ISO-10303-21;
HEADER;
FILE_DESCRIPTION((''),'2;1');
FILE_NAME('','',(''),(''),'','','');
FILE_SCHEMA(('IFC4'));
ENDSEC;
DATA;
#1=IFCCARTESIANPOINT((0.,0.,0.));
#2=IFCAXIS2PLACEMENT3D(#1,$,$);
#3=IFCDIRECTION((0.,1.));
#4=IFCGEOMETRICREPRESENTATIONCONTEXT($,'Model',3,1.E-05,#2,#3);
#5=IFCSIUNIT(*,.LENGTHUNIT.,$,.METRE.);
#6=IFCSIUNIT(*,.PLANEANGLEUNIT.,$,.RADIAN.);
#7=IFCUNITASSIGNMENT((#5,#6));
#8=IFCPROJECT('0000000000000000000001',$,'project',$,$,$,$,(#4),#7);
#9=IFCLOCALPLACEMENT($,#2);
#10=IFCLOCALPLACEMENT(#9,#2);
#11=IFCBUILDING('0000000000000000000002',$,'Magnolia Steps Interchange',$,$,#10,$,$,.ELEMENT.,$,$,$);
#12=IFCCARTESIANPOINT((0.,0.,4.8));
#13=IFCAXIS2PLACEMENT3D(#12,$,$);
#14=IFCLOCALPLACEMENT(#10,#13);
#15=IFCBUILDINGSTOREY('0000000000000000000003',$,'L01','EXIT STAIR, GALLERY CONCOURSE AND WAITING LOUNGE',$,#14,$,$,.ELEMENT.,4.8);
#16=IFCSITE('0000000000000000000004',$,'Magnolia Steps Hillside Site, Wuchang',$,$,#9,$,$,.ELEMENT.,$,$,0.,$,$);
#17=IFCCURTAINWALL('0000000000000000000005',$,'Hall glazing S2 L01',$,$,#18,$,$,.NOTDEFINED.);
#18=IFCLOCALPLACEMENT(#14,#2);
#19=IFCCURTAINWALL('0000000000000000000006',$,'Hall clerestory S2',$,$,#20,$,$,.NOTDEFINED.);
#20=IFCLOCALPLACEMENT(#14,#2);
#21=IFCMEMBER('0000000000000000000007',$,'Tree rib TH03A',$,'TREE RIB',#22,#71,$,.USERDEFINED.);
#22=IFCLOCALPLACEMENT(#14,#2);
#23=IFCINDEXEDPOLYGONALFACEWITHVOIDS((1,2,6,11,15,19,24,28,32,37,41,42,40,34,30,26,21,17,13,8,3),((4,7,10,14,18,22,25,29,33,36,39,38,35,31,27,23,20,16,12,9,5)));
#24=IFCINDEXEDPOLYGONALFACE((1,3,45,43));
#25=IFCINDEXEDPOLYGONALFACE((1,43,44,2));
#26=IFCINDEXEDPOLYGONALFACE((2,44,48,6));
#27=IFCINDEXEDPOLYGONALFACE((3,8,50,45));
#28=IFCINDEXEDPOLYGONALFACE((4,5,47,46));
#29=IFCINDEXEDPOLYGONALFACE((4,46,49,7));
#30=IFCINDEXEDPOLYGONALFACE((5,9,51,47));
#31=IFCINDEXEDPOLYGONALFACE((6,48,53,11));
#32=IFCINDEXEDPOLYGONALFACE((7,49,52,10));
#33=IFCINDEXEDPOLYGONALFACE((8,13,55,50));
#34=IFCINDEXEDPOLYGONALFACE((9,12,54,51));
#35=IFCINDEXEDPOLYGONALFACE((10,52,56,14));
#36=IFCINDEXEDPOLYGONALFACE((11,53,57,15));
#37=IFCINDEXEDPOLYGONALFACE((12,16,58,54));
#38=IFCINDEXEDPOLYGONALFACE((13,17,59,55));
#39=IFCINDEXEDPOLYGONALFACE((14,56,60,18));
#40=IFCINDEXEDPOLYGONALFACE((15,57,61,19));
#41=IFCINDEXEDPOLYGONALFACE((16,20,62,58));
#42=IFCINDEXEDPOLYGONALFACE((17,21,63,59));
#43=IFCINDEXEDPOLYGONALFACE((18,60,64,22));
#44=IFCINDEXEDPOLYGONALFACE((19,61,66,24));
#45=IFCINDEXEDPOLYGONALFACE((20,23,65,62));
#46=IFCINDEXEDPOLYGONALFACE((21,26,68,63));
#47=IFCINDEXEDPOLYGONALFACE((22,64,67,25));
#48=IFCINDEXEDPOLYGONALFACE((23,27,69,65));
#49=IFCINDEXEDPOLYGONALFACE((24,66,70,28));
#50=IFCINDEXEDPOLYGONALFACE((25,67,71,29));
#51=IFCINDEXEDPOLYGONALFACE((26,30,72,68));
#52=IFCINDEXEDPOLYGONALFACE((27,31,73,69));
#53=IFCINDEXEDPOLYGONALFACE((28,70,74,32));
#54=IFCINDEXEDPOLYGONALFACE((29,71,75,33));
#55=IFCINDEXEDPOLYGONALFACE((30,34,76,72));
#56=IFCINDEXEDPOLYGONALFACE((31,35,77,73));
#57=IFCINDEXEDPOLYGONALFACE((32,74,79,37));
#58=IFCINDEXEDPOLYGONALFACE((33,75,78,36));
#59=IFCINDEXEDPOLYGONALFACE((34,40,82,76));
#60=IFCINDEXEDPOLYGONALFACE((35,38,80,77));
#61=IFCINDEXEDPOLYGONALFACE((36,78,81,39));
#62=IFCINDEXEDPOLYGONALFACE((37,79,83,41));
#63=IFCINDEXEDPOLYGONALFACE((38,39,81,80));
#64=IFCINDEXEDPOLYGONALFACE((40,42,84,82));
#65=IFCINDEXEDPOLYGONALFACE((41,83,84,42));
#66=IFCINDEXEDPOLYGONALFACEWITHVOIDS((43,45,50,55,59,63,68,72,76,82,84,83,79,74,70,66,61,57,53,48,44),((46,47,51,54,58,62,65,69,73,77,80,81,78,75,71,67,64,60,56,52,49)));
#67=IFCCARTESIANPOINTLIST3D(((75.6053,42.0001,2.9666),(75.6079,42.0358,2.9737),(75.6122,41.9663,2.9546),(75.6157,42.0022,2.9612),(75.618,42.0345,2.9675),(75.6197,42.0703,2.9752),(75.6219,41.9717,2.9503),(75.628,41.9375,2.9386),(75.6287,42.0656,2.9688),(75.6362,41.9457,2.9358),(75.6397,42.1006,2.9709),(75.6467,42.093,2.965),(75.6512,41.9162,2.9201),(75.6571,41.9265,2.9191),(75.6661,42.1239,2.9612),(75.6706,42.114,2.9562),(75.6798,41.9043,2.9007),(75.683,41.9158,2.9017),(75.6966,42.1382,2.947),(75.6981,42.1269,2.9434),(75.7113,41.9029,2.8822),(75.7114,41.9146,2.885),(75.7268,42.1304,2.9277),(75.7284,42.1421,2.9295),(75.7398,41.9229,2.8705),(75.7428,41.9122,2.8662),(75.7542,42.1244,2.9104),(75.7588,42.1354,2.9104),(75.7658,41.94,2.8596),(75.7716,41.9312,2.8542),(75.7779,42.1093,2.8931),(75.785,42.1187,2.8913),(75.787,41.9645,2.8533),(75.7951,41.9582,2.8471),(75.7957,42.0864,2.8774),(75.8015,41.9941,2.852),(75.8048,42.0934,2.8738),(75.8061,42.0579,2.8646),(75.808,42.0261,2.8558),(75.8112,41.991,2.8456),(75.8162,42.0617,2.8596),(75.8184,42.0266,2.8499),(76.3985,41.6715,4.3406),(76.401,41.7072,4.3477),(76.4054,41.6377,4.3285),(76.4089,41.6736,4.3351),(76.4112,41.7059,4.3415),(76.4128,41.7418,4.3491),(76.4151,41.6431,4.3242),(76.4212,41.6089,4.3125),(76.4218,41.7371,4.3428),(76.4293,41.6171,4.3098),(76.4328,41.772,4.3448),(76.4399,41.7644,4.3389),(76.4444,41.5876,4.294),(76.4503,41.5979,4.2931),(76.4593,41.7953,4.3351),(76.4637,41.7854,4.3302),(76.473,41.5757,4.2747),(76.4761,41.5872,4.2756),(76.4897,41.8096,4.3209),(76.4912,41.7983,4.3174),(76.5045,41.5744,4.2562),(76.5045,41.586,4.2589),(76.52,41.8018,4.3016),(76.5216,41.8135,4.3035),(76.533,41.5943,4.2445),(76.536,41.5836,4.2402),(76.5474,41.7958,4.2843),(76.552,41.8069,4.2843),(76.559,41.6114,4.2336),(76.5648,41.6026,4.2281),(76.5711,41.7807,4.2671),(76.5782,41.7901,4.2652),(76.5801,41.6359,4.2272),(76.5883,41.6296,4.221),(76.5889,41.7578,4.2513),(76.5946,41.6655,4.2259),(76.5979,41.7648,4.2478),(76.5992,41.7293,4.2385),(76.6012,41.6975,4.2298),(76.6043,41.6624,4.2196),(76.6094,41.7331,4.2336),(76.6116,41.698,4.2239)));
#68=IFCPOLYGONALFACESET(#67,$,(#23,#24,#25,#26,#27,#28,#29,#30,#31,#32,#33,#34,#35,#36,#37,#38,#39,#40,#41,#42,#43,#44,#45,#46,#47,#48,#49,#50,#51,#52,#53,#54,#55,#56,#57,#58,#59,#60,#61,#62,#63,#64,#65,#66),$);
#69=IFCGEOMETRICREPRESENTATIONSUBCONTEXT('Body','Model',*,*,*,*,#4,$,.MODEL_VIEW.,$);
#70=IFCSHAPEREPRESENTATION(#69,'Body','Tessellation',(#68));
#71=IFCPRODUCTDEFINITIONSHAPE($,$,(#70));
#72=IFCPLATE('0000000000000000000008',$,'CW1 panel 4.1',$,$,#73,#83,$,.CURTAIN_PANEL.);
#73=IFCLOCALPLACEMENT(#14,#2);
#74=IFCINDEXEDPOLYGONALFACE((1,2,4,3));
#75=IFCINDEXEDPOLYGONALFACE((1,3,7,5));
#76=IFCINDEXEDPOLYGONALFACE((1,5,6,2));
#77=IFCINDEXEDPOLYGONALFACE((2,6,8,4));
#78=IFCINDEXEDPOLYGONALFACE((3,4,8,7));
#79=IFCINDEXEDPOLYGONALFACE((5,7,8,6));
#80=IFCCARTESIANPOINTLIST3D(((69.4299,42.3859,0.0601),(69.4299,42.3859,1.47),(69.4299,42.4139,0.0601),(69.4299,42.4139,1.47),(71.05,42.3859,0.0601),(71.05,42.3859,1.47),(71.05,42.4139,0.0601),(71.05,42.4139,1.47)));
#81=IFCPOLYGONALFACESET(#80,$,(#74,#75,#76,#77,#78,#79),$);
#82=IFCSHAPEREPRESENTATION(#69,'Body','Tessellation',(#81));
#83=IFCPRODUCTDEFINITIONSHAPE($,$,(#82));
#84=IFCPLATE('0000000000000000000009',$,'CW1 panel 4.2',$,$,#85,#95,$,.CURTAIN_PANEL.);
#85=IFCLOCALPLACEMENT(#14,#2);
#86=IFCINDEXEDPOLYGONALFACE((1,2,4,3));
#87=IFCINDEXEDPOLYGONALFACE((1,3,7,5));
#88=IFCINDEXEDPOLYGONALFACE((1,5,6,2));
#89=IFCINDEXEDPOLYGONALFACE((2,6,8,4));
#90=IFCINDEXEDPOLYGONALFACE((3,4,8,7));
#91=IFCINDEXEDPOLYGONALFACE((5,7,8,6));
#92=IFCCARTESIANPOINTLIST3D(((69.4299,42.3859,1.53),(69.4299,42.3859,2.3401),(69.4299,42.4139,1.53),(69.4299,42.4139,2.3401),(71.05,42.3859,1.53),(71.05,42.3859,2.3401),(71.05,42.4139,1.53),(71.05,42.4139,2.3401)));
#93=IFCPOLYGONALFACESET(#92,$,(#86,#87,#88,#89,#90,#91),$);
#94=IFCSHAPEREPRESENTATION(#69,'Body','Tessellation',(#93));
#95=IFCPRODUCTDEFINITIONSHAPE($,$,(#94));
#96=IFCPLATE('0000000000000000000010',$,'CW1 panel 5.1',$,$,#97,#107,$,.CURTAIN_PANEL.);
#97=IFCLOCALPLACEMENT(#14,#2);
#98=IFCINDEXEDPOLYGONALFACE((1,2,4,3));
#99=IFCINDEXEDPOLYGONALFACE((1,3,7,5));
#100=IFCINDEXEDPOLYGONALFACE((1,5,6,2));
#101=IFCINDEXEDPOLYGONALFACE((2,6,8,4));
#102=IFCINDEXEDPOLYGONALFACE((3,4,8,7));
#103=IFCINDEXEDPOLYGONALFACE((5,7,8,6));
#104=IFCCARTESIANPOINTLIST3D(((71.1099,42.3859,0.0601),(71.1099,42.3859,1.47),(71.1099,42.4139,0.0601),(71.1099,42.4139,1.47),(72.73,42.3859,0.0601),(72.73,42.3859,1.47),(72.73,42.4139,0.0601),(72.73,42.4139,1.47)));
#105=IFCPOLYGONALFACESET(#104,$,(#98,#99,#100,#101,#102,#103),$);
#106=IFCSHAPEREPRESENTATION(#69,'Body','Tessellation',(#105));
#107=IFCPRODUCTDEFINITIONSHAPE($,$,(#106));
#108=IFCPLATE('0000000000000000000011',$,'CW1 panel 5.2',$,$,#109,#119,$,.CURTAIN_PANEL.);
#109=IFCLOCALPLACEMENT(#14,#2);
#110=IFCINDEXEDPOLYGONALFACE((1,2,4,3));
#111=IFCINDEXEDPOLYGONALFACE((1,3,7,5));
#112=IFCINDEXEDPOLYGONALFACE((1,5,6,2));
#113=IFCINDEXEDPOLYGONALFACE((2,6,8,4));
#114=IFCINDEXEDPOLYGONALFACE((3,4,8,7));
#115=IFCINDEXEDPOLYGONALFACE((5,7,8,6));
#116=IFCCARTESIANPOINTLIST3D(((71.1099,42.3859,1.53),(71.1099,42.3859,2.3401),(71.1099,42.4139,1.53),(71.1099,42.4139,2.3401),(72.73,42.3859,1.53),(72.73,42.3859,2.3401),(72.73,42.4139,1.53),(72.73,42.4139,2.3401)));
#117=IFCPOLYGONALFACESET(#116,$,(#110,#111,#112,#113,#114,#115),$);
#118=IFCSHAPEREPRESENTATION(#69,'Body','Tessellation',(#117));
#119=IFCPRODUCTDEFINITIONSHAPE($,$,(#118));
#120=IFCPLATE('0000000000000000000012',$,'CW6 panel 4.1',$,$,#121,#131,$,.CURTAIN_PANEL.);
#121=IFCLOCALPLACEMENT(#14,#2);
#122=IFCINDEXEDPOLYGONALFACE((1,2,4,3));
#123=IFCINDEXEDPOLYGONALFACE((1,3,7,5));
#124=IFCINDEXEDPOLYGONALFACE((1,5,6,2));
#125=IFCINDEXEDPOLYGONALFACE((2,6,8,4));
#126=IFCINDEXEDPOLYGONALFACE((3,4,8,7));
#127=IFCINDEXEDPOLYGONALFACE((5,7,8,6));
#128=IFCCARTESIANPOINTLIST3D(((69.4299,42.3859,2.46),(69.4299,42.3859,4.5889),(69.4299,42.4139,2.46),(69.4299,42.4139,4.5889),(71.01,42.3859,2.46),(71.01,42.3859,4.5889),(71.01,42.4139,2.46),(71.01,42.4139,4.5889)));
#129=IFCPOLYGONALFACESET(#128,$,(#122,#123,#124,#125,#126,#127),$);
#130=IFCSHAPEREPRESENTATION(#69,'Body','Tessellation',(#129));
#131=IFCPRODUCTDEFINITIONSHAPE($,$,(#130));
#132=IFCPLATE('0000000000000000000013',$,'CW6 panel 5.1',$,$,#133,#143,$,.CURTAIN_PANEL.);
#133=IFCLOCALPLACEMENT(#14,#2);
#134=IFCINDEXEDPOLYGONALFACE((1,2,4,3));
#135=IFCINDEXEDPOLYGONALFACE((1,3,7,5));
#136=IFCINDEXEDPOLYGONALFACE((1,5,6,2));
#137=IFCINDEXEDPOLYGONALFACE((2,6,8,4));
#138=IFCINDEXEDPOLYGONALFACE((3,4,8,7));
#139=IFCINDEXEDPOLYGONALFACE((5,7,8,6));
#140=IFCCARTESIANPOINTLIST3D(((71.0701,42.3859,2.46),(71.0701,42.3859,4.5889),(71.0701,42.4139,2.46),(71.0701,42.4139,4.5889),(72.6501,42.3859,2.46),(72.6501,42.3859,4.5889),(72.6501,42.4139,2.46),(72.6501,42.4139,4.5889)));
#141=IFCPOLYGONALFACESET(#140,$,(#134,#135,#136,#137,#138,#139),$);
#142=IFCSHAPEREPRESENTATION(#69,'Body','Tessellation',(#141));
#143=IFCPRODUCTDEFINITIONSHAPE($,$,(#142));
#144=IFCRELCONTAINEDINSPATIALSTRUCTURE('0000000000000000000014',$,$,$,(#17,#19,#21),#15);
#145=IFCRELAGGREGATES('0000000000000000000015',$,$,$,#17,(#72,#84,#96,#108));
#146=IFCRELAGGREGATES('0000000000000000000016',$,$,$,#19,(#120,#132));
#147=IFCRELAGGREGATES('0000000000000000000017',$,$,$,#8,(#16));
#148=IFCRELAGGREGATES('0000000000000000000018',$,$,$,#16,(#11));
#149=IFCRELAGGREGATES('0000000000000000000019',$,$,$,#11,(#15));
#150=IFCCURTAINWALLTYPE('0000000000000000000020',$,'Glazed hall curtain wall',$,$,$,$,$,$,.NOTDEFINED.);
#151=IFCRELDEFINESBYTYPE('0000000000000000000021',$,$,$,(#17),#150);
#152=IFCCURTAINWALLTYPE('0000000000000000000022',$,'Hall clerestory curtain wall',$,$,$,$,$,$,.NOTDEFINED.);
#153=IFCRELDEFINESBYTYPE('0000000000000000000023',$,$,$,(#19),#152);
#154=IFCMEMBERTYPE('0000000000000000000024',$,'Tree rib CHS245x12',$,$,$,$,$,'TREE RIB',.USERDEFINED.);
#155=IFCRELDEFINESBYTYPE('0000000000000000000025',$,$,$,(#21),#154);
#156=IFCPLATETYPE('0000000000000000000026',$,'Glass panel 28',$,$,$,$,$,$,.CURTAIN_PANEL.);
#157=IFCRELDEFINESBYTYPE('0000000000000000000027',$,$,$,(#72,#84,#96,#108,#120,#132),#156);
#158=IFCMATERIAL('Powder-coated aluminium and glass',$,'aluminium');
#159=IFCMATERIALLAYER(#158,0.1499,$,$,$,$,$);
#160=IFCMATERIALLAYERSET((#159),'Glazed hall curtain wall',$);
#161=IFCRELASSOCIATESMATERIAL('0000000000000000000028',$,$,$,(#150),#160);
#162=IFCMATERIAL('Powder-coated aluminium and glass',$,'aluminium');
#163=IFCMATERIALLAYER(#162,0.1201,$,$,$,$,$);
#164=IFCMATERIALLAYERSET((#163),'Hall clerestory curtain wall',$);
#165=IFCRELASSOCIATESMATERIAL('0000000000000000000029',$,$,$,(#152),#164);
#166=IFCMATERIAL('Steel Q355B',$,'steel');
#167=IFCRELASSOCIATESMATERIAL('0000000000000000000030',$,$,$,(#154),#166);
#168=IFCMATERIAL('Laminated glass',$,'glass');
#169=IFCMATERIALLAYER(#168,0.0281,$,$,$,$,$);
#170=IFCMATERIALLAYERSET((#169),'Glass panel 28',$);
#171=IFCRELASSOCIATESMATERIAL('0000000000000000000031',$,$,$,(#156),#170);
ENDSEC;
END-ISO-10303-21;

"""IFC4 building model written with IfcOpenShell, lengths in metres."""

from ifc_helpers import new_model, si_unit, direction, frame, origin, origin_2d, place, context, subcontext, project, spatial, rectangle, hollow_circle, extrude, material, layer, layer_set, material_profile, profile_set, type_object, element, aggregate, save


model = new_model("IFC4")

# Units and contexts
model_context = context("Model", 3, precision=1e-05, world=origin(), true_north=direction((0.0, 1.0)))
body_context = subcontext(model_context, "Body", "Model", "MODEL_VIEW")
ifc_project = project(units=[si_unit("LENGTHUNIT", "METRE"), si_unit("PLANEANGLEUNIT", "RADIAN")], contexts=[model_context])

# Site, building, storey
site_placement = place(None, origin())
site = spatial("IfcSite", under=ifc_project, at=site_placement, Name="Magnolia Steps Hillside Site, Wuchang", CompositionType="ELEMENT", RefElevation=0.0)
building_placement = place(site_placement, origin())
building = spatial("IfcBuilding", under=site, at=building_placement, Name="Magnolia Steps Interchange", CompositionType="ELEMENT")
storey_placement = place(building_placement, frame((0.0, 0.0, 4.8)))
storey = spatial("IfcBuildingStorey", under=building, at=storey_placement, Name="L01", Description="EXIT STAIR, GALLERY CONCOURSE AND WAITING LOUNGE", CompositionType="ELEMENT", Elevation=4.8)

# Curtain walls
ifc_material_1 = material(Name="Powder-coated aluminium and glass", Category="aluminium")
ifc_layer_1 = layer(ifc_material_1, 0.1499)
ifc_layer_set_1 = layer_set([ifc_layer_1], Name="Glazed hall curtain wall")
curtain_wall_type_1 = type_object("IfcCurtainWallType", Name="Glazed hall curtain wall", PredefinedType="NOTDEFINED", material=ifc_layer_set_1)
curtain_wall_1_placement = place(storey_placement, origin())
curtain_wall_1 = element("IfcCurtainWall", 1, at=curtain_wall_1_placement, inside=storey, type_object=curtain_wall_type_1, Name="Hall glazing S2 L01", PredefinedType="NOTDEFINED")
ifc_material_2 = material(Name="Powder-coated aluminium and glass", Category="aluminium")
ifc_layer_2 = layer(ifc_material_2, 0.1201)
ifc_layer_set_2 = layer_set([ifc_layer_2], Name="Hall clerestory curtain wall")
curtain_wall_type_2 = type_object("IfcCurtainWallType", Name="Hall clerestory curtain wall", PredefinedType="NOTDEFINED", material=ifc_layer_set_2)
curtain_wall_2_placement = place(storey_placement, origin())
curtain_wall_2 = element("IfcCurtainWall", 2, at=curtain_wall_2_placement, inside=storey, type_object=curtain_wall_type_2, Name="Hall clerestory S2", PredefinedType="NOTDEFINED")

# Member
ifc_material_3 = material(Name="Steel Q355B", Category="steel")
ifc_material_profile_1 = material_profile(ifc_material_3, hollow_circle(Radius=0.1226, WallThickness=0.012, at=origin_2d()), Name="CHS245x12")
ifc_profile_set_1 = profile_set([ifc_material_profile_1], Name="Steel Q355B")
member_type_1 = type_object("IfcMemberType", Name="Tree rib CHS245x12", ElementType="TREE RIB", PredefinedType="USERDEFINED", material=ifc_profile_set_1)
member_1_placement = place(storey_placement, frame((75.7119, 42.0222, 2.9104), z_axis=(0.489571, -0.20282, 0.848047), x_axis=(0.382737, 0.923857, 0.0)))
element("IfcMember", 3, at=member_1_placement, inside=storey, type_object=member_type_1, Name="Tree rib TH03A", ObjectType="TREE RIB", PredefinedType="USERDEFINED", context=body_context, shape_type="SweptSolid", body=[
    extrude(hollow_circle(Radius=0.1226, WallThickness=0.012, at=origin_2d()), origin(), (0.0, 0.0, 1.0), 1.6201),
])

# Plates
ifc_material_4 = material(Name="Laminated glass", Category="glass")
ifc_layer_3 = layer(ifc_material_4, 0.0281)
ifc_layer_set_3 = layer_set([ifc_layer_3], Name="Glass panel 28")
plate_type = type_object("IfcPlateType", Name="Glass panel 28", PredefinedType="CURTAIN_PANEL", material=ifc_layer_set_3)
plate_1_placement = place(storey_placement, frame((70.24, 42.3999, 0.0601), z_axis=(0.0, 0.0, 1.0), x_axis=(1.0, 0.0, 0.0)))
plate_1 = element("IfcPlate", 4, at=plate_1_placement, type_object=plate_type, Name="CW1 panel 4.1", PredefinedType="CURTAIN_PANEL", context=body_context, shape_type="SweptSolid", body=[
    extrude(rectangle(XDim=1.6201, YDim=0.0281, at=origin_2d()), origin(), (0.0, 0.0, 1.0), 1.4099),
])
plate_2_placement = place(storey_placement, frame((70.24, 42.3999, 1.53), z_axis=(0.0, 0.0, 1.0), x_axis=(1.0, 0.0, 0.0)))
plate_2 = element("IfcPlate", 5, at=plate_2_placement, type_object=plate_type, Name="CW1 panel 4.2", PredefinedType="CURTAIN_PANEL", context=body_context, shape_type="SweptSolid", body=[
    extrude(rectangle(XDim=1.6201, YDim=0.0281, at=origin_2d()), origin(), (0.0, 0.0, 1.0), 0.8101),
])
plate_3_placement = place(storey_placement, frame((71.9199, 42.3999, 0.0601), z_axis=(0.0, 0.0, 1.0), x_axis=(1.0, 0.0, 0.0)))
plate_3 = element("IfcPlate", 6, at=plate_3_placement, type_object=plate_type, Name="CW1 panel 5.1", PredefinedType="CURTAIN_PANEL", context=body_context, shape_type="SweptSolid", body=[
    extrude(rectangle(XDim=1.6201, YDim=0.0281, at=origin_2d()), origin(), (0.0, 0.0, 1.0), 1.4099),
])
plate_4_placement = place(storey_placement, frame((71.9199, 42.3999, 1.53), z_axis=(0.0, 0.0, 1.0), x_axis=(1.0, 0.0, 0.0)))
plate_4 = element("IfcPlate", 7, at=plate_4_placement, type_object=plate_type, Name="CW1 panel 5.2", PredefinedType="CURTAIN_PANEL", context=body_context, shape_type="SweptSolid", body=[
    extrude(rectangle(XDim=1.6201, YDim=0.0281, at=origin_2d()), origin(), (0.0, 0.0, 1.0), 0.8101),
])
aggregate(curtain_wall_1, [plate_1, plate_2, plate_3, plate_4])
plate_5_placement = place(storey_placement, frame((70.22, 42.3999, 2.46), z_axis=(0.0, 0.0, 1.0), x_axis=(1.0, 0.0, 0.0)))
plate_5 = element("IfcPlate", 8, at=plate_5_placement, type_object=plate_type, Name="CW6 panel 4.1", PredefinedType="CURTAIN_PANEL", context=body_context, shape_type="SweptSolid", body=[
    extrude(rectangle(XDim=1.5801, YDim=0.0281, at=origin_2d()), origin(), (0.0, 0.0, 1.0), 2.1289),
])
plate_6_placement = place(storey_placement, frame((71.8601, 42.3999, 2.46), z_axis=(0.0, 0.0, 1.0), x_axis=(1.0, 0.0, 0.0)))
plate_6 = element("IfcPlate", 9, at=plate_6_placement, type_object=plate_type, Name="CW6 panel 5.1", PredefinedType="CURTAIN_PANEL", context=body_context, shape_type="SweptSolid", body=[
    extrude(rectangle(XDim=1.5801, YDim=0.0281, at=origin_2d()), origin(), (0.0, 0.0, 1.0), 2.1289),
])
aggregate(curtain_wall_2, [plate_5, plate_6])

save(model, "model.ifc")
